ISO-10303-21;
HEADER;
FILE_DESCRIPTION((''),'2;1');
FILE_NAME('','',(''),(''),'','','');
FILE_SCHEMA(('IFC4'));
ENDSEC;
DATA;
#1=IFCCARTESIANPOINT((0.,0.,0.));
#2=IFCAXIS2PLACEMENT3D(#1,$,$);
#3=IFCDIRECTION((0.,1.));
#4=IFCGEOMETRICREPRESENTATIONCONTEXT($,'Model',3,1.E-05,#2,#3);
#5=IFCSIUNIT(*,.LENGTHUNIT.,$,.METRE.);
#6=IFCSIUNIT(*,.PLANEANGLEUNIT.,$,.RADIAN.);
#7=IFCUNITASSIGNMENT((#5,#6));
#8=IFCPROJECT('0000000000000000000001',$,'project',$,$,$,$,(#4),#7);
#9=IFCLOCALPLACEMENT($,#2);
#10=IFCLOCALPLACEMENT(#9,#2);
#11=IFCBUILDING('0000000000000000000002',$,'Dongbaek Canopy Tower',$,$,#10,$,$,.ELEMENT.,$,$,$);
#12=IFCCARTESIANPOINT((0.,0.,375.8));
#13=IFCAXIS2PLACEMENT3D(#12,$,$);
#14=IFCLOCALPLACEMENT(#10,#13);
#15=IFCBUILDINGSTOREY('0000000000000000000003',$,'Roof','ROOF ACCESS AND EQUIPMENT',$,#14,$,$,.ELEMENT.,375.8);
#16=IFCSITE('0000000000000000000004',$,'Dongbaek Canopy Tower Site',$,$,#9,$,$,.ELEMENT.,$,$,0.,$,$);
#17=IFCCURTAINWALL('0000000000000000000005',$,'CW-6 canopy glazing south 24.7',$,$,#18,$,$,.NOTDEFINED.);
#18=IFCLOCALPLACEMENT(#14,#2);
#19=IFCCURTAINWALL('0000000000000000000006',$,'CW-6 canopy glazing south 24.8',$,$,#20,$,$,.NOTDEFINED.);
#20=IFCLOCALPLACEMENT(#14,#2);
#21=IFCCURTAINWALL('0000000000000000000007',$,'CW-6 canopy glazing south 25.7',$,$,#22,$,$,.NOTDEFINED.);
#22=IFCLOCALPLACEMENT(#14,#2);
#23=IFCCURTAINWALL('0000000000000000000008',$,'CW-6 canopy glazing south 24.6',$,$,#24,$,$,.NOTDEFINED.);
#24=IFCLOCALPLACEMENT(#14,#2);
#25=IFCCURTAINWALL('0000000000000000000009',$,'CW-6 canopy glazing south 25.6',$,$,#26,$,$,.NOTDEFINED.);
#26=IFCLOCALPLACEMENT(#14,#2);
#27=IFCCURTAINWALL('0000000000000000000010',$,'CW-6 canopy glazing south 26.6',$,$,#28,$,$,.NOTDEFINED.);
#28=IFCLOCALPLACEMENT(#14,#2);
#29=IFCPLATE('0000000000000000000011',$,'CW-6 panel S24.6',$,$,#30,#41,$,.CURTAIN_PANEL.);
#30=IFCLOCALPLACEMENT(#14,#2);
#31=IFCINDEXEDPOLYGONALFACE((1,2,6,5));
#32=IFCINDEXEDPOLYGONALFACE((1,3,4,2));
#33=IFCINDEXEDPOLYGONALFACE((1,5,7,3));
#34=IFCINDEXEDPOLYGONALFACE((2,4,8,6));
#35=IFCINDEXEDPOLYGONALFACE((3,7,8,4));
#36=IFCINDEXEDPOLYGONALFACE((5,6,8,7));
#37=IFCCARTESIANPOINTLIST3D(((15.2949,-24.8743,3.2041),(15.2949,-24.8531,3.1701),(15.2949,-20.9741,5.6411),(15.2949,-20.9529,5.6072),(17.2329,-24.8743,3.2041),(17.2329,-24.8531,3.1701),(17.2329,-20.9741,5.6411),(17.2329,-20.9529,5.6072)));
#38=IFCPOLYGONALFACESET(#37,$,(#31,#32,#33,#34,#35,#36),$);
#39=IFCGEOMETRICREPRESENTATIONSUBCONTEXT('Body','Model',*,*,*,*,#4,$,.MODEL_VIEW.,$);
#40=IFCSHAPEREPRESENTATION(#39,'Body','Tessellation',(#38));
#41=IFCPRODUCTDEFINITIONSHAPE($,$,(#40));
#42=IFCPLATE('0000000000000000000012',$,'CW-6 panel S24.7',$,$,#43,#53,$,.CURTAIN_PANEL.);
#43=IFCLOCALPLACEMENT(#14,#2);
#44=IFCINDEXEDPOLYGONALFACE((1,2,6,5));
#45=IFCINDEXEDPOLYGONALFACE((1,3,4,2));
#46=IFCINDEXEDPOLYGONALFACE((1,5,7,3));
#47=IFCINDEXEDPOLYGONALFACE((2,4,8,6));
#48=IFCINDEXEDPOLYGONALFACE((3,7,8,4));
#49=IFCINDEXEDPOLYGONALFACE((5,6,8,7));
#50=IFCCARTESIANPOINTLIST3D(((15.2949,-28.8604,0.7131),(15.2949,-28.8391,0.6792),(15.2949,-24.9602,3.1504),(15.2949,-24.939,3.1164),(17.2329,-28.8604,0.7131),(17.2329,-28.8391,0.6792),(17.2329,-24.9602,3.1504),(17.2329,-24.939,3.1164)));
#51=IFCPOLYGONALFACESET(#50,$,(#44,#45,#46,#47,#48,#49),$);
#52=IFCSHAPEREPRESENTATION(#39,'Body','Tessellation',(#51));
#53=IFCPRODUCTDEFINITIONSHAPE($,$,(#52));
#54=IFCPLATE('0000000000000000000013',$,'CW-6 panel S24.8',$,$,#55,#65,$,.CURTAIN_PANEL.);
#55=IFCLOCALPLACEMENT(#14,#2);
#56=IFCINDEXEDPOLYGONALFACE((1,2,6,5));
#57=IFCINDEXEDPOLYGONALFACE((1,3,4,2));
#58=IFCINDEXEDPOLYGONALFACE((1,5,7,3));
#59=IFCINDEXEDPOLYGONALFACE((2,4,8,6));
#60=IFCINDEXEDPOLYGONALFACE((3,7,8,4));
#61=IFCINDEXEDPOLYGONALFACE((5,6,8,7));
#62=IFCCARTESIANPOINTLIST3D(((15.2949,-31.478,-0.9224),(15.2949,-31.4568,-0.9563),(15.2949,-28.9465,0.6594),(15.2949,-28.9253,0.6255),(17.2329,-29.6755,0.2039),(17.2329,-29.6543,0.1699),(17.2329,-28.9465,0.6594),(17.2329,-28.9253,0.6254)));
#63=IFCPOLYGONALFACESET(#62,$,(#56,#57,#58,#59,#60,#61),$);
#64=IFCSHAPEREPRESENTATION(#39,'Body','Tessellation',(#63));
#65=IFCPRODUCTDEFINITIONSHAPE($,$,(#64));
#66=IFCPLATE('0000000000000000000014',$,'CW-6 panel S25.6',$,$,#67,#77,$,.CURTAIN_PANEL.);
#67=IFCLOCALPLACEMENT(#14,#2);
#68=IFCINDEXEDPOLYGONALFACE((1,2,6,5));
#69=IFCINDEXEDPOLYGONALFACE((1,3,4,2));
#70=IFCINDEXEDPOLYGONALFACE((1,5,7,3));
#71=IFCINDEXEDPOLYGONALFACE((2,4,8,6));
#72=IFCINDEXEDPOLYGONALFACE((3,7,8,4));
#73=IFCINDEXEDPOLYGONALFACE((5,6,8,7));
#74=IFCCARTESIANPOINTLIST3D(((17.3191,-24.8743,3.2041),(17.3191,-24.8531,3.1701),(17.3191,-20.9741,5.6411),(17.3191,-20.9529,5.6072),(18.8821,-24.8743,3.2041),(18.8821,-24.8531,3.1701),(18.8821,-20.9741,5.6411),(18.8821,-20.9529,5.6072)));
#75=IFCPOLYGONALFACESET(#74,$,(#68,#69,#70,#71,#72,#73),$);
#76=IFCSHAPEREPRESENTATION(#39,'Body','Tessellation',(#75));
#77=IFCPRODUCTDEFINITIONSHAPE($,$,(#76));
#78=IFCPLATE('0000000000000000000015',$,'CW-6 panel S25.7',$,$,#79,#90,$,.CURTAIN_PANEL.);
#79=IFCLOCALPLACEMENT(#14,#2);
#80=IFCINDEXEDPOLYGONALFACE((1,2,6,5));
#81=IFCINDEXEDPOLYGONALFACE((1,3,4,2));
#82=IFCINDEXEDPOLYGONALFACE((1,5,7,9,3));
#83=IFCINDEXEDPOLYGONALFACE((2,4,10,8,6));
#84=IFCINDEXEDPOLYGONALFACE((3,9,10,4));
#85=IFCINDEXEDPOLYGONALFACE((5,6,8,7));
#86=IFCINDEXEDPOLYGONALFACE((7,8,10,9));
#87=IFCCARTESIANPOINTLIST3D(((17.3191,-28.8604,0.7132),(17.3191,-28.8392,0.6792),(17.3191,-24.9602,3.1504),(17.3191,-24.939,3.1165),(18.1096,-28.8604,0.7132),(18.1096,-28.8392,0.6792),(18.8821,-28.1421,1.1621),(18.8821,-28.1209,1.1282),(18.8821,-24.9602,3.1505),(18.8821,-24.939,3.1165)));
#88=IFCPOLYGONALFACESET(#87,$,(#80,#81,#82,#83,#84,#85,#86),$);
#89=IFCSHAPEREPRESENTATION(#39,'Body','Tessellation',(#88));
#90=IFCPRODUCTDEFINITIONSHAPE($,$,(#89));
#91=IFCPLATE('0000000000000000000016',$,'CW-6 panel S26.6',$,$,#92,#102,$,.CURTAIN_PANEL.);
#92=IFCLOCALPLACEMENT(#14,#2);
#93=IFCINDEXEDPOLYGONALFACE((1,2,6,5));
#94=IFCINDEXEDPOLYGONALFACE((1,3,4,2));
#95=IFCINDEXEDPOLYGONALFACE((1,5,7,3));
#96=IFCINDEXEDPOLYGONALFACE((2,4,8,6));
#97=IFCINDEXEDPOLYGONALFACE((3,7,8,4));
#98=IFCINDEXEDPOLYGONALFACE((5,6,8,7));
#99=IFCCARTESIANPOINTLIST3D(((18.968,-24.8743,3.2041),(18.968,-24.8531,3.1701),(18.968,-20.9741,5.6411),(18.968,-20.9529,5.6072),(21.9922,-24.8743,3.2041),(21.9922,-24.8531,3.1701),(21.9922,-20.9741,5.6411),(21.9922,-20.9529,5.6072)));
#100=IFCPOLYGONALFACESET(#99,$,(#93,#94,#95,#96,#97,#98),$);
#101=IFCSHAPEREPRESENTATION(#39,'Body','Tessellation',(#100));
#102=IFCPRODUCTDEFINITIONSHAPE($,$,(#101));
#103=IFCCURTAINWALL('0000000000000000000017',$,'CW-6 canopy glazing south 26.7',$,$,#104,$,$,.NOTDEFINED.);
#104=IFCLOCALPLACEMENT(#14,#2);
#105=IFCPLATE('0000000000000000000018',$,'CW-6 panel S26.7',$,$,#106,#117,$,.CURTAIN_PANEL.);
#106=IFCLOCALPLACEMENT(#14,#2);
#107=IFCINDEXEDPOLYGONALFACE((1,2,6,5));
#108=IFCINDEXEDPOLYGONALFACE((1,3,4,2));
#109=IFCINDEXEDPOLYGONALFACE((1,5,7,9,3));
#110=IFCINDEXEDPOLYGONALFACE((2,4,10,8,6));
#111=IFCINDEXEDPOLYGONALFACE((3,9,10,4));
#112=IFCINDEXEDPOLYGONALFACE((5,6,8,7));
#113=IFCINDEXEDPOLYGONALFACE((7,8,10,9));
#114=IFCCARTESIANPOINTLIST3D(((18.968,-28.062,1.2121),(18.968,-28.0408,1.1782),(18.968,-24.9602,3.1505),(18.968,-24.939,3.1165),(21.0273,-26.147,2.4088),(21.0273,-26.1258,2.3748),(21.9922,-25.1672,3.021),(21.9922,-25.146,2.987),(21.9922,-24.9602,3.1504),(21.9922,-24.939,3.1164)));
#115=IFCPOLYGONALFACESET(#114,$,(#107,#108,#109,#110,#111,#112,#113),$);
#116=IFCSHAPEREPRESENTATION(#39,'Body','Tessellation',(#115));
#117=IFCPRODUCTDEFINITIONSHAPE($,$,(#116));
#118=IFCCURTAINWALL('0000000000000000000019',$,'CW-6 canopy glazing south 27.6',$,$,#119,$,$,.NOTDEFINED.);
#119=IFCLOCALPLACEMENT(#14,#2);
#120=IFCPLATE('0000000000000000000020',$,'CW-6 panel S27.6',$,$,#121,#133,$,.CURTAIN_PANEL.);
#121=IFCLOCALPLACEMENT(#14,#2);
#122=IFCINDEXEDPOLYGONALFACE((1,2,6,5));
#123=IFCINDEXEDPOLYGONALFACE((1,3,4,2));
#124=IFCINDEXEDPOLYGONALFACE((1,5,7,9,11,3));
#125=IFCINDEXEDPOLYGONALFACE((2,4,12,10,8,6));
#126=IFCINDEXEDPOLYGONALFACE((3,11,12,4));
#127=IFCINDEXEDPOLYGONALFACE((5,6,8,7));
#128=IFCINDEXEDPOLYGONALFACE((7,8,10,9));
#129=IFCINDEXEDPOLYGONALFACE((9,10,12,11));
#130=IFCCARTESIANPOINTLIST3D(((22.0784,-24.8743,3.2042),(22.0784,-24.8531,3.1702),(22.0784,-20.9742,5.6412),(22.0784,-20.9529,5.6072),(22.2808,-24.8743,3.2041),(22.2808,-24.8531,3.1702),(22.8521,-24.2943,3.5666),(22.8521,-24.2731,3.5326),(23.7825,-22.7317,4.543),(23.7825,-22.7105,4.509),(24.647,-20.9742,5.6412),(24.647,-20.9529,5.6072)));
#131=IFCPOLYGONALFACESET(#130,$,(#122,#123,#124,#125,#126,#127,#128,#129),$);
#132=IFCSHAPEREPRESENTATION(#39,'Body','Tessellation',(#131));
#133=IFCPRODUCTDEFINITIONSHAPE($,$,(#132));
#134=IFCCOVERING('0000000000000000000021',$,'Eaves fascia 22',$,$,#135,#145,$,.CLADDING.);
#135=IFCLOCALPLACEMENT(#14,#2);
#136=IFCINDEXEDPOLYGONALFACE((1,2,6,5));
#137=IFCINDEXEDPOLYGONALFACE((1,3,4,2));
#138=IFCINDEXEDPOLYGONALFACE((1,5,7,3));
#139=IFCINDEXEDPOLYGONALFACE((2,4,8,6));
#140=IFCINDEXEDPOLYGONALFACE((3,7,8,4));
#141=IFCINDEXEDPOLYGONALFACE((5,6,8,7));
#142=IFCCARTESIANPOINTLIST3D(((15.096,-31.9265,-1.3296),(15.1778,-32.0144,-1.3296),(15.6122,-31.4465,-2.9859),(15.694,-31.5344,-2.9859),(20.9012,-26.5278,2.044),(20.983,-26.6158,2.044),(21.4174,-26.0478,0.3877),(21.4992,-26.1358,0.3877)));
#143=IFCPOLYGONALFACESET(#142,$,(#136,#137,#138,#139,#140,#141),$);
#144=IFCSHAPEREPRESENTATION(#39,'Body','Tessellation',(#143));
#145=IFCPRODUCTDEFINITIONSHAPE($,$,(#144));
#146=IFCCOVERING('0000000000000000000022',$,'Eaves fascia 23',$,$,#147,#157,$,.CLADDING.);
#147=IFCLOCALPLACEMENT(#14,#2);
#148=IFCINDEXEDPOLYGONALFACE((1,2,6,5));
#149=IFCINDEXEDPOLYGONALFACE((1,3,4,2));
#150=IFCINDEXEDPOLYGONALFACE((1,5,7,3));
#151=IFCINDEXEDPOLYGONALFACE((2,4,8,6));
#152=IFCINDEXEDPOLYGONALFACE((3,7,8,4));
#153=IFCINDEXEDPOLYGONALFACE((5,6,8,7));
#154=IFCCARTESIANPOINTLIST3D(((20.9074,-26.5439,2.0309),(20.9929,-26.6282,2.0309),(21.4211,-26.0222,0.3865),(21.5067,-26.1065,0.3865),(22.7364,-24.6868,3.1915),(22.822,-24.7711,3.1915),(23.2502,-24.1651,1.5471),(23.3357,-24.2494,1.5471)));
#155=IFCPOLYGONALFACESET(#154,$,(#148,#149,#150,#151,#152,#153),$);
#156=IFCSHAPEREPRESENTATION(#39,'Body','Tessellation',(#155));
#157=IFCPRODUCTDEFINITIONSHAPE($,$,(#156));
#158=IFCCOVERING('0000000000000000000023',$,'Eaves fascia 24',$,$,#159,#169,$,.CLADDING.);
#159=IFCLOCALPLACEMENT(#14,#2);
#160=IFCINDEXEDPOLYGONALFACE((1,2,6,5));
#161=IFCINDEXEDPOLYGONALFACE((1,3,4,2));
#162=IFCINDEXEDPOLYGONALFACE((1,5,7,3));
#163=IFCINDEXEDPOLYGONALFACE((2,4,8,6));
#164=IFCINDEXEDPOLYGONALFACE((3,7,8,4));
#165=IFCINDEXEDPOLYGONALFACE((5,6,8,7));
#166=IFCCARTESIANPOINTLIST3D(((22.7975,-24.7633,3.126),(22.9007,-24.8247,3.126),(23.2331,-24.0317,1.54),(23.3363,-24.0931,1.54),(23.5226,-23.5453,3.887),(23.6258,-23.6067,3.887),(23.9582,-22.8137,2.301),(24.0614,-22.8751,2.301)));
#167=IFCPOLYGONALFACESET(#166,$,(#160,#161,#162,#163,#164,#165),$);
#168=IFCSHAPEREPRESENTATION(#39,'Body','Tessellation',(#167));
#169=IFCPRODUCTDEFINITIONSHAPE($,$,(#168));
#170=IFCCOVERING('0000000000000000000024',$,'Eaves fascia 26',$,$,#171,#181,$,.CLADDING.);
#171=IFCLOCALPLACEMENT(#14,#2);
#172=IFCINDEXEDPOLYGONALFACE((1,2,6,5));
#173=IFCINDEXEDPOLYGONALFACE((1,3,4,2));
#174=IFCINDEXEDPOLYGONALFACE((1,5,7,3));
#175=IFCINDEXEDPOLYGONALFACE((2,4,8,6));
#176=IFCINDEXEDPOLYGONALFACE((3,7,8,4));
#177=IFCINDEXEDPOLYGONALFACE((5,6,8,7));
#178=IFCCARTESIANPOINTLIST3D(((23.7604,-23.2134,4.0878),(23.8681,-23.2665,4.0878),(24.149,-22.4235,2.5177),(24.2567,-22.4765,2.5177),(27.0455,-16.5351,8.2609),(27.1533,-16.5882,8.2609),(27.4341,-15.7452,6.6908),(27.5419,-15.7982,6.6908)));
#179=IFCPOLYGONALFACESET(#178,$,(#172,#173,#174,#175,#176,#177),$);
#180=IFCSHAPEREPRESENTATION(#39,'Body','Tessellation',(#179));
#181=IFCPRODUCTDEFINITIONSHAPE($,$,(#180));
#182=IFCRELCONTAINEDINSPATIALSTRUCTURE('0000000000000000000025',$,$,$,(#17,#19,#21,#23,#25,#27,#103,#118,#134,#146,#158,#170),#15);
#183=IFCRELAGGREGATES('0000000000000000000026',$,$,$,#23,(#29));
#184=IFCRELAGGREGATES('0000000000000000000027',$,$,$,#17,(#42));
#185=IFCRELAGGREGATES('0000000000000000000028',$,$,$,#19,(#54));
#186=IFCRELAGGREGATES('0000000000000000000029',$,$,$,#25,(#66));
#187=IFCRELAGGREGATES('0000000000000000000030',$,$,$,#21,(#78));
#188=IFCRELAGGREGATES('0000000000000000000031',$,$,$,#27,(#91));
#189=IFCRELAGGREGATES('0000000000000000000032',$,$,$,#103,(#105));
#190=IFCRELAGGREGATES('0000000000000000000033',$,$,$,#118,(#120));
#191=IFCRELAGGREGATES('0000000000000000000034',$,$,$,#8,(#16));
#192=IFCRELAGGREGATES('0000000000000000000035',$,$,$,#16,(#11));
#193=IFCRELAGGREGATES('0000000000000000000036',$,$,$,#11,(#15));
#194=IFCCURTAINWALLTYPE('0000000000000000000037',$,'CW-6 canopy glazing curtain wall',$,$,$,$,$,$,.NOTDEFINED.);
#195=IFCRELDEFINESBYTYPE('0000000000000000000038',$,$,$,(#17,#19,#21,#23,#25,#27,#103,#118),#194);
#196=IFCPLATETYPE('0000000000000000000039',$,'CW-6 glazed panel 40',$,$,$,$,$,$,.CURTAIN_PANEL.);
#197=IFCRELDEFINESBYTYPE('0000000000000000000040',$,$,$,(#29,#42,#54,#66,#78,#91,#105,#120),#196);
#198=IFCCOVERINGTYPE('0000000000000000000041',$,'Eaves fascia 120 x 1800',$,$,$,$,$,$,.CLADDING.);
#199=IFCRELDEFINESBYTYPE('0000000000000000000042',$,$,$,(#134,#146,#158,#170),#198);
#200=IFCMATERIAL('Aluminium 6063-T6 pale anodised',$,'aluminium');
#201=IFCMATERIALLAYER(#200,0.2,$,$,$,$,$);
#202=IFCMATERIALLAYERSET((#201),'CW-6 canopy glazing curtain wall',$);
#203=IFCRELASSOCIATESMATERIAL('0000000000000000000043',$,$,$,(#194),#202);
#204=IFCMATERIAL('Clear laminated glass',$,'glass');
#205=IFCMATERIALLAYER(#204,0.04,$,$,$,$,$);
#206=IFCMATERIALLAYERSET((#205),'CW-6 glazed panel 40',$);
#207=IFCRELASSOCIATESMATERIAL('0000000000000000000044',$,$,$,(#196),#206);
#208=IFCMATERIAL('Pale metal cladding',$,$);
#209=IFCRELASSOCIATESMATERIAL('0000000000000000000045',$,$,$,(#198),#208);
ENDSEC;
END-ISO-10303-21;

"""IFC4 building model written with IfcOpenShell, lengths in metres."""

from ifc_helpers import new_model, si_unit, direction, frame, origin, origin_2d, place, context, subcontext, project, spatial, polyline, rectangle, outline, extrude, material, layer, layer_set, material_profile, profile_set, type_object, element, aggregate, save


model = new_model("IFC4")

# Units and contexts
model_context = context("Model", 3, precision=1e-05, world=origin(), true_north=direction((0.0, 1.0)))
body_context = subcontext(model_context, "Body", "Model", "MODEL_VIEW")
ifc_project = project(units=[si_unit("LENGTHUNIT", "METRE"), si_unit("PLANEANGLEUNIT", "RADIAN")], contexts=[model_context])

# Site, building, storey
site_placement = place(None, origin())
site = spatial("IfcSite", under=ifc_project, at=site_placement, Name="Dongbaek Canopy Tower Site", CompositionType="ELEMENT", RefElevation=0.0)
building_placement = place(site_placement, origin())
building = spatial("IfcBuilding", under=site, at=building_placement, Name="Dongbaek Canopy Tower", CompositionType="ELEMENT")
storey_placement = place(building_placement, frame((0.0, 0.0, 375.8)))
storey = spatial("IfcBuildingStorey", under=building, at=storey_placement, Name="Roof", Description="ROOF ACCESS AND EQUIPMENT", CompositionType="ELEMENT", Elevation=375.8)

# Curtain walls
ifc_material_1 = material(Name="Aluminium 6063-T6 pale anodised", Category="aluminium")
ifc_layer_1 = layer(ifc_material_1, 0.2)
ifc_layer_set_1 = layer_set([ifc_layer_1], Name="CW-6 canopy glazing curtain wall")
curtain_wall_type = type_object("IfcCurtainWallType", Name="CW-6 canopy glazing curtain wall", PredefinedType="NOTDEFINED", material=ifc_layer_set_1)
curtain_wall_1_placement = place(storey_placement, origin())
curtain_wall_1 = element("IfcCurtainWall", 1, at=curtain_wall_1_placement, inside=storey, type_object=curtain_wall_type, Name="CW-6 canopy glazing south 24.7", PredefinedType="NOTDEFINED")
curtain_wall_2_placement = place(storey_placement, origin())
curtain_wall_2 = element("IfcCurtainWall", 2, at=curtain_wall_2_placement, inside=storey, type_object=curtain_wall_type, Name="CW-6 canopy glazing south 24.8", PredefinedType="NOTDEFINED")
curtain_wall_3_placement = place(storey_placement, origin())
curtain_wall_3 = element("IfcCurtainWall", 3, at=curtain_wall_3_placement, inside=storey, type_object=curtain_wall_type, Name="CW-6 canopy glazing south 25.7", PredefinedType="NOTDEFINED")
curtain_wall_4_placement = place(storey_placement, origin())
curtain_wall_4 = element("IfcCurtainWall", 4, at=curtain_wall_4_placement, inside=storey, type_object=curtain_wall_type, Name="CW-6 canopy glazing south 24.6", PredefinedType="NOTDEFINED")
curtain_wall_5_placement = place(storey_placement, origin())
curtain_wall_5 = element("IfcCurtainWall", 5, at=curtain_wall_5_placement, inside=storey, type_object=curtain_wall_type, Name="CW-6 canopy glazing south 25.6", PredefinedType="NOTDEFINED")

# Curtain wall
curtain_wall_6_placement = place(storey_placement, origin())
curtain_wall_6 = element("IfcCurtainWall", 6, at=curtain_wall_6_placement, inside=storey, type_object=curtain_wall_type, Name="CW-6 canopy glazing south 26.6", PredefinedType="NOTDEFINED")

# Plates
ifc_material_2 = material(Name="Clear laminated glass", Category="glass")
ifc_layer_2 = layer(ifc_material_2, 0.04)
ifc_layer_set_2 = layer_set([ifc_layer_2], Name="CW-6 glazed panel 40")
plate_type = type_object("IfcPlateType", Name="CW-6 glazed panel 40", PredefinedType="CURTAIN_PANEL", material=ifc_layer_set_2)
plate_1_placement = place(storey_placement, frame((17.2329, -24.8743, 3.2041), z_axis=(0.0, -0.529908, 0.848055), x_axis=(-1.0, 0.0, 0.0)))
plate_1 = element("IfcPlate", 7, at=plate_1_placement, type_object=plate_type, Name="CW-6 panel S24.6", PredefinedType="CURTAIN_PANEL", context=body_context, shape_type="SweptSolid", body=[
    extrude(outline(polyline([(0.0, 0.0), (1.938, 0.0), (1.938, -4.5989), (0.0, -4.5989), (0.0, 0.0)])), origin(), (0.0, 0.0, -1.0), 0.04),
])
aggregate(curtain_wall_4, [plate_1])
plate_2_placement = place(storey_placement, frame((17.2329, -28.8604, 0.7131), z_axis=(0.0, -0.529946, 0.848031), x_axis=(-1.0, 0.0, 0.0)))
plate_2 = element("IfcPlate", 8, at=plate_2_placement, type_object=plate_type, Name="CW-6 panel S24.7", PredefinedType="CURTAIN_PANEL", context=body_context, shape_type="SweptSolid", body=[
    extrude(outline(polyline([(0.0, 0.0), (1.938, 0.0), (1.938, -4.5991), (0.0, -4.5991), (0.0, 0.0)])), origin(), (0.0, 0.0, -1.0), 0.04),
])
aggregate(curtain_wall_1, [plate_2])
plate_3_placement = place(storey_placement, frame((17.2329, -29.6755, 0.2039), z_axis=(0.000018, -0.529913, 0.848052), x_axis=(-0.673777, -0.626662, -0.391561)))
plate_3 = element("IfcPlate", 9, at=plate_3_placement, type_object=plate_type, Name="CW-6 panel S24.8", PredefinedType="CURTAIN_PANEL", context=body_context, shape_type="SweptSolid", body=[
    extrude(outline(polyline([(0.0, 0.0), (2.8763, 0.0), (0.6706, -2.0113), (-0.6352, -0.5792), (0.0, 0.0)])), origin(), (0.0, 0.0, -1.0), 0.04),
])
aggregate(curtain_wall_2, [plate_3])
plate_4_placement = place(storey_placement, frame((18.8821, -24.8743, 3.2041), z_axis=(0.0, -0.529908, 0.848055), x_axis=(-1.0, 0.0, 0.0)))
plate_4 = element("IfcPlate", 10, at=plate_4_placement, type_object=plate_type, Name="CW-6 panel S25.6", PredefinedType="CURTAIN_PANEL", context=body_context, shape_type="SweptSolid", body=[
    extrude(outline(polyline([(0.0, 0.0), (1.563, 0.0), (1.563, -4.5989), (0.0, -4.5989), (0.0, 0.0)])), origin(), (0.0, 0.0, -1.0), 0.04),
])
aggregate(curtain_wall_5, [plate_4])
plate_5_placement = place(storey_placement, frame((18.8821, -28.1421, 1.1621), z_axis=(-0.000035, -0.529941, 0.848034), x_axis=(-0.67383, -0.626589, -0.391587)))
plate_5 = element("IfcPlate", 11, at=plate_5_placement, type_object=plate_type, Name="CW-6 panel S25.7", PredefinedType="CURTAIN_PANEL", context=body_context, shape_type="SweptSolid", body=[
    extrude(outline(polyline([(0.0, 0.0), (1.1464, 0.0), (1.6791, -0.5841), (-1.7191, -3.6831), (-2.7723, -2.5282), (0.0, 0.0)])), origin(), (0.0, 0.0, -1.0), 0.04),
])
aggregate(curtain_wall_3, [plate_5])
plate_6_placement = place(storey_placement, frame((21.9922, -24.8743, 3.2041), z_axis=(0.0, -0.529908, 0.848055), x_axis=(-1.0, 0.0, 0.0)))
plate_6 = element("IfcPlate", 12, at=plate_6_placement, type_object=plate_type, Name="CW-6 panel S26.6", PredefinedType="CURTAIN_PANEL", context=body_context, shape_type="SweptSolid", body=[
    extrude(outline(polyline([(0.0, 0.0), (3.0242, 0.0), (3.0242, -4.5989), (0.0, -4.5989), (0.0, 0.0)])), origin(), (0.0, 0.0, -1.0), 0.04),
])
aggregate(curtain_wall_6, [plate_6])

# Curtain walls, plates
curtain_wall_7_placement = place(storey_placement, origin())
curtain_wall_7 = element("IfcCurtainWall", 13, at=curtain_wall_7_placement, inside=storey, type_object=curtain_wall_type, Name="CW-6 canopy glazing south 26.7", PredefinedType="NOTDEFINED")
plate_7_placement = place(storey_placement, frame((21.9922, -25.1672, 3.021), z_axis=(0.000032, -0.529944, 0.848032), x_axis=(-0.640993, -0.650915, -0.40674)))
plate_7 = element("IfcPlate", 14, at=plate_7_placement, type_object=plate_type, Name="CW-6 panel S26.7", PredefinedType="CURTAIN_PANEL", context=body_context, shape_type="SweptSolid", body=[
    extrude(outline(polyline([(0.0, 0.0), (1.5052, 0.0), (4.5585, -0.1332), (1.7511, -2.4777), (-0.1874, -0.1565), (0.0, 0.0)])), origin(), (0.0, 0.0, -1.0), 0.04),
])
aggregate(curtain_wall_7, [plate_7])
curtain_wall_8_placement = place(storey_placement, origin())
curtain_wall_8 = element("IfcCurtainWall", 15, at=curtain_wall_8_placement, inside=storey, type_object=curtain_wall_type, Name="CW-6 canopy glazing south 27.6", PredefinedType="NOTDEFINED")
plate_8_placement = place(storey_placement, frame((23.7825, -22.7317, 4.543), z_axis=(0.000006, -0.529914, 0.848052), x_axis=(-0.45075, -0.757015, -0.473025)))
plate_8 = element("IfcPlate", 16, at=plate_8_placement, type_object=plate_type, Name="CW-6 panel S27.6", PredefinedType="CURTAIN_PANEL", context=body_context, shape_type="SweptSolid", body=[
    extrude(outline(polyline([(0.0, 0.0), (2.0642, 0.0), (2.9322, -0.2017), (3.0234, -0.3823), (-1.0818, -2.4553), (-2.2396, -0.1624), (0.0, 0.0)])), origin(), (0.0, 0.0, -1.0), 0.04),
])
aggregate(curtain_wall_8, [plate_8])

# Coverings
ifc_material_3 = material(Name="Pale metal cladding")
ifc_material_profile_1 = material_profile(ifc_material_3, rectangle(XDim=0.1201, YDim=1.8, at=origin_2d()), Name="Eaves fascia 120 x 1800")
ifc_profile_set_1 = profile_set([ifc_material_profile_1], Name="Pale metal cladding")
covering_type = type_object("IfcCoveringType", Name="Eaves fascia 120 x 1800", PredefinedType="CLADDING", material=ifc_profile_set_1)
covering_1_placement = place(storey_placement, frame((15.395, -31.7305, -2.1577), z_axis=(0.673807, 0.626625, 0.391567), x_axis=(-0.681004, 0.73228, 0.0)))
element("IfcCovering", 17, at=covering_1_placement, inside=storey, type_object=covering_type, Name="Eaves fascia 22", PredefinedType="CLADDING", context=body_context, shape_type="SweptSolid", body=[
    extrude(rectangle(XDim=0.1201, YDim=1.8, at=origin_2d()), origin(), (0.0, 0.0, 1.0), 8.6155),
])
covering_2_placement = place(storey_placement, frame((21.207, -26.3252, 1.2087), z_axis=(0.641028, 0.650868, 0.40676), x_axis=(-0.712472, 0.701701, 0.0)))
element("IfcCovering", 18, at=covering_2_placement, inside=storey, type_object=covering_type, Name="Eaves fascia 23", PredefinedType="CLADDING", context=body_context, shape_type="SweptSolid", body=[
    extrude(rectangle(XDim=0.1201, YDim=1.8, at=origin_2d()), origin(), (0.0, 0.0, 1.0), 2.8533),
])
covering_3_placement = place(storey_placement, frame((23.0669, -24.4282, 2.333), z_axis=(0.45069, 0.757068, 0.472997), x_axis=(-0.859266, 0.511529, 0.0)))
element("IfcCovering", 19, at=covering_3_placement, inside=storey, type_object=covering_type, Name="Eaves fascia 24", PredefinedType="CLADDING", context=body_context, shape_type="SweptSolid", body=[
    extrude(rectangle(XDim=0.1201, YDim=1.8, at=origin_2d()), origin(), (0.0, 0.0, 1.0), 1.6089),
])
covering_4_placement = place(storey_placement, frame((24.0085, -22.845, 3.3027), z_axis=(0.385011, 0.782669, 0.489075), x_axis=(-0.897308, 0.441405, 0.0)))
element("IfcCovering", 20, at=covering_4_placement, inside=storey, type_object=covering_type, Name="Eaves fascia 26", PredefinedType="CLADDING", context=body_context, shape_type="SweptSolid", body=[
    extrude(rectangle(XDim=0.1201, YDim=1.8, at=origin_2d()), origin(), (0.0, 0.0, 1.0), 8.5327),
])

save(model, "model.ifc")
